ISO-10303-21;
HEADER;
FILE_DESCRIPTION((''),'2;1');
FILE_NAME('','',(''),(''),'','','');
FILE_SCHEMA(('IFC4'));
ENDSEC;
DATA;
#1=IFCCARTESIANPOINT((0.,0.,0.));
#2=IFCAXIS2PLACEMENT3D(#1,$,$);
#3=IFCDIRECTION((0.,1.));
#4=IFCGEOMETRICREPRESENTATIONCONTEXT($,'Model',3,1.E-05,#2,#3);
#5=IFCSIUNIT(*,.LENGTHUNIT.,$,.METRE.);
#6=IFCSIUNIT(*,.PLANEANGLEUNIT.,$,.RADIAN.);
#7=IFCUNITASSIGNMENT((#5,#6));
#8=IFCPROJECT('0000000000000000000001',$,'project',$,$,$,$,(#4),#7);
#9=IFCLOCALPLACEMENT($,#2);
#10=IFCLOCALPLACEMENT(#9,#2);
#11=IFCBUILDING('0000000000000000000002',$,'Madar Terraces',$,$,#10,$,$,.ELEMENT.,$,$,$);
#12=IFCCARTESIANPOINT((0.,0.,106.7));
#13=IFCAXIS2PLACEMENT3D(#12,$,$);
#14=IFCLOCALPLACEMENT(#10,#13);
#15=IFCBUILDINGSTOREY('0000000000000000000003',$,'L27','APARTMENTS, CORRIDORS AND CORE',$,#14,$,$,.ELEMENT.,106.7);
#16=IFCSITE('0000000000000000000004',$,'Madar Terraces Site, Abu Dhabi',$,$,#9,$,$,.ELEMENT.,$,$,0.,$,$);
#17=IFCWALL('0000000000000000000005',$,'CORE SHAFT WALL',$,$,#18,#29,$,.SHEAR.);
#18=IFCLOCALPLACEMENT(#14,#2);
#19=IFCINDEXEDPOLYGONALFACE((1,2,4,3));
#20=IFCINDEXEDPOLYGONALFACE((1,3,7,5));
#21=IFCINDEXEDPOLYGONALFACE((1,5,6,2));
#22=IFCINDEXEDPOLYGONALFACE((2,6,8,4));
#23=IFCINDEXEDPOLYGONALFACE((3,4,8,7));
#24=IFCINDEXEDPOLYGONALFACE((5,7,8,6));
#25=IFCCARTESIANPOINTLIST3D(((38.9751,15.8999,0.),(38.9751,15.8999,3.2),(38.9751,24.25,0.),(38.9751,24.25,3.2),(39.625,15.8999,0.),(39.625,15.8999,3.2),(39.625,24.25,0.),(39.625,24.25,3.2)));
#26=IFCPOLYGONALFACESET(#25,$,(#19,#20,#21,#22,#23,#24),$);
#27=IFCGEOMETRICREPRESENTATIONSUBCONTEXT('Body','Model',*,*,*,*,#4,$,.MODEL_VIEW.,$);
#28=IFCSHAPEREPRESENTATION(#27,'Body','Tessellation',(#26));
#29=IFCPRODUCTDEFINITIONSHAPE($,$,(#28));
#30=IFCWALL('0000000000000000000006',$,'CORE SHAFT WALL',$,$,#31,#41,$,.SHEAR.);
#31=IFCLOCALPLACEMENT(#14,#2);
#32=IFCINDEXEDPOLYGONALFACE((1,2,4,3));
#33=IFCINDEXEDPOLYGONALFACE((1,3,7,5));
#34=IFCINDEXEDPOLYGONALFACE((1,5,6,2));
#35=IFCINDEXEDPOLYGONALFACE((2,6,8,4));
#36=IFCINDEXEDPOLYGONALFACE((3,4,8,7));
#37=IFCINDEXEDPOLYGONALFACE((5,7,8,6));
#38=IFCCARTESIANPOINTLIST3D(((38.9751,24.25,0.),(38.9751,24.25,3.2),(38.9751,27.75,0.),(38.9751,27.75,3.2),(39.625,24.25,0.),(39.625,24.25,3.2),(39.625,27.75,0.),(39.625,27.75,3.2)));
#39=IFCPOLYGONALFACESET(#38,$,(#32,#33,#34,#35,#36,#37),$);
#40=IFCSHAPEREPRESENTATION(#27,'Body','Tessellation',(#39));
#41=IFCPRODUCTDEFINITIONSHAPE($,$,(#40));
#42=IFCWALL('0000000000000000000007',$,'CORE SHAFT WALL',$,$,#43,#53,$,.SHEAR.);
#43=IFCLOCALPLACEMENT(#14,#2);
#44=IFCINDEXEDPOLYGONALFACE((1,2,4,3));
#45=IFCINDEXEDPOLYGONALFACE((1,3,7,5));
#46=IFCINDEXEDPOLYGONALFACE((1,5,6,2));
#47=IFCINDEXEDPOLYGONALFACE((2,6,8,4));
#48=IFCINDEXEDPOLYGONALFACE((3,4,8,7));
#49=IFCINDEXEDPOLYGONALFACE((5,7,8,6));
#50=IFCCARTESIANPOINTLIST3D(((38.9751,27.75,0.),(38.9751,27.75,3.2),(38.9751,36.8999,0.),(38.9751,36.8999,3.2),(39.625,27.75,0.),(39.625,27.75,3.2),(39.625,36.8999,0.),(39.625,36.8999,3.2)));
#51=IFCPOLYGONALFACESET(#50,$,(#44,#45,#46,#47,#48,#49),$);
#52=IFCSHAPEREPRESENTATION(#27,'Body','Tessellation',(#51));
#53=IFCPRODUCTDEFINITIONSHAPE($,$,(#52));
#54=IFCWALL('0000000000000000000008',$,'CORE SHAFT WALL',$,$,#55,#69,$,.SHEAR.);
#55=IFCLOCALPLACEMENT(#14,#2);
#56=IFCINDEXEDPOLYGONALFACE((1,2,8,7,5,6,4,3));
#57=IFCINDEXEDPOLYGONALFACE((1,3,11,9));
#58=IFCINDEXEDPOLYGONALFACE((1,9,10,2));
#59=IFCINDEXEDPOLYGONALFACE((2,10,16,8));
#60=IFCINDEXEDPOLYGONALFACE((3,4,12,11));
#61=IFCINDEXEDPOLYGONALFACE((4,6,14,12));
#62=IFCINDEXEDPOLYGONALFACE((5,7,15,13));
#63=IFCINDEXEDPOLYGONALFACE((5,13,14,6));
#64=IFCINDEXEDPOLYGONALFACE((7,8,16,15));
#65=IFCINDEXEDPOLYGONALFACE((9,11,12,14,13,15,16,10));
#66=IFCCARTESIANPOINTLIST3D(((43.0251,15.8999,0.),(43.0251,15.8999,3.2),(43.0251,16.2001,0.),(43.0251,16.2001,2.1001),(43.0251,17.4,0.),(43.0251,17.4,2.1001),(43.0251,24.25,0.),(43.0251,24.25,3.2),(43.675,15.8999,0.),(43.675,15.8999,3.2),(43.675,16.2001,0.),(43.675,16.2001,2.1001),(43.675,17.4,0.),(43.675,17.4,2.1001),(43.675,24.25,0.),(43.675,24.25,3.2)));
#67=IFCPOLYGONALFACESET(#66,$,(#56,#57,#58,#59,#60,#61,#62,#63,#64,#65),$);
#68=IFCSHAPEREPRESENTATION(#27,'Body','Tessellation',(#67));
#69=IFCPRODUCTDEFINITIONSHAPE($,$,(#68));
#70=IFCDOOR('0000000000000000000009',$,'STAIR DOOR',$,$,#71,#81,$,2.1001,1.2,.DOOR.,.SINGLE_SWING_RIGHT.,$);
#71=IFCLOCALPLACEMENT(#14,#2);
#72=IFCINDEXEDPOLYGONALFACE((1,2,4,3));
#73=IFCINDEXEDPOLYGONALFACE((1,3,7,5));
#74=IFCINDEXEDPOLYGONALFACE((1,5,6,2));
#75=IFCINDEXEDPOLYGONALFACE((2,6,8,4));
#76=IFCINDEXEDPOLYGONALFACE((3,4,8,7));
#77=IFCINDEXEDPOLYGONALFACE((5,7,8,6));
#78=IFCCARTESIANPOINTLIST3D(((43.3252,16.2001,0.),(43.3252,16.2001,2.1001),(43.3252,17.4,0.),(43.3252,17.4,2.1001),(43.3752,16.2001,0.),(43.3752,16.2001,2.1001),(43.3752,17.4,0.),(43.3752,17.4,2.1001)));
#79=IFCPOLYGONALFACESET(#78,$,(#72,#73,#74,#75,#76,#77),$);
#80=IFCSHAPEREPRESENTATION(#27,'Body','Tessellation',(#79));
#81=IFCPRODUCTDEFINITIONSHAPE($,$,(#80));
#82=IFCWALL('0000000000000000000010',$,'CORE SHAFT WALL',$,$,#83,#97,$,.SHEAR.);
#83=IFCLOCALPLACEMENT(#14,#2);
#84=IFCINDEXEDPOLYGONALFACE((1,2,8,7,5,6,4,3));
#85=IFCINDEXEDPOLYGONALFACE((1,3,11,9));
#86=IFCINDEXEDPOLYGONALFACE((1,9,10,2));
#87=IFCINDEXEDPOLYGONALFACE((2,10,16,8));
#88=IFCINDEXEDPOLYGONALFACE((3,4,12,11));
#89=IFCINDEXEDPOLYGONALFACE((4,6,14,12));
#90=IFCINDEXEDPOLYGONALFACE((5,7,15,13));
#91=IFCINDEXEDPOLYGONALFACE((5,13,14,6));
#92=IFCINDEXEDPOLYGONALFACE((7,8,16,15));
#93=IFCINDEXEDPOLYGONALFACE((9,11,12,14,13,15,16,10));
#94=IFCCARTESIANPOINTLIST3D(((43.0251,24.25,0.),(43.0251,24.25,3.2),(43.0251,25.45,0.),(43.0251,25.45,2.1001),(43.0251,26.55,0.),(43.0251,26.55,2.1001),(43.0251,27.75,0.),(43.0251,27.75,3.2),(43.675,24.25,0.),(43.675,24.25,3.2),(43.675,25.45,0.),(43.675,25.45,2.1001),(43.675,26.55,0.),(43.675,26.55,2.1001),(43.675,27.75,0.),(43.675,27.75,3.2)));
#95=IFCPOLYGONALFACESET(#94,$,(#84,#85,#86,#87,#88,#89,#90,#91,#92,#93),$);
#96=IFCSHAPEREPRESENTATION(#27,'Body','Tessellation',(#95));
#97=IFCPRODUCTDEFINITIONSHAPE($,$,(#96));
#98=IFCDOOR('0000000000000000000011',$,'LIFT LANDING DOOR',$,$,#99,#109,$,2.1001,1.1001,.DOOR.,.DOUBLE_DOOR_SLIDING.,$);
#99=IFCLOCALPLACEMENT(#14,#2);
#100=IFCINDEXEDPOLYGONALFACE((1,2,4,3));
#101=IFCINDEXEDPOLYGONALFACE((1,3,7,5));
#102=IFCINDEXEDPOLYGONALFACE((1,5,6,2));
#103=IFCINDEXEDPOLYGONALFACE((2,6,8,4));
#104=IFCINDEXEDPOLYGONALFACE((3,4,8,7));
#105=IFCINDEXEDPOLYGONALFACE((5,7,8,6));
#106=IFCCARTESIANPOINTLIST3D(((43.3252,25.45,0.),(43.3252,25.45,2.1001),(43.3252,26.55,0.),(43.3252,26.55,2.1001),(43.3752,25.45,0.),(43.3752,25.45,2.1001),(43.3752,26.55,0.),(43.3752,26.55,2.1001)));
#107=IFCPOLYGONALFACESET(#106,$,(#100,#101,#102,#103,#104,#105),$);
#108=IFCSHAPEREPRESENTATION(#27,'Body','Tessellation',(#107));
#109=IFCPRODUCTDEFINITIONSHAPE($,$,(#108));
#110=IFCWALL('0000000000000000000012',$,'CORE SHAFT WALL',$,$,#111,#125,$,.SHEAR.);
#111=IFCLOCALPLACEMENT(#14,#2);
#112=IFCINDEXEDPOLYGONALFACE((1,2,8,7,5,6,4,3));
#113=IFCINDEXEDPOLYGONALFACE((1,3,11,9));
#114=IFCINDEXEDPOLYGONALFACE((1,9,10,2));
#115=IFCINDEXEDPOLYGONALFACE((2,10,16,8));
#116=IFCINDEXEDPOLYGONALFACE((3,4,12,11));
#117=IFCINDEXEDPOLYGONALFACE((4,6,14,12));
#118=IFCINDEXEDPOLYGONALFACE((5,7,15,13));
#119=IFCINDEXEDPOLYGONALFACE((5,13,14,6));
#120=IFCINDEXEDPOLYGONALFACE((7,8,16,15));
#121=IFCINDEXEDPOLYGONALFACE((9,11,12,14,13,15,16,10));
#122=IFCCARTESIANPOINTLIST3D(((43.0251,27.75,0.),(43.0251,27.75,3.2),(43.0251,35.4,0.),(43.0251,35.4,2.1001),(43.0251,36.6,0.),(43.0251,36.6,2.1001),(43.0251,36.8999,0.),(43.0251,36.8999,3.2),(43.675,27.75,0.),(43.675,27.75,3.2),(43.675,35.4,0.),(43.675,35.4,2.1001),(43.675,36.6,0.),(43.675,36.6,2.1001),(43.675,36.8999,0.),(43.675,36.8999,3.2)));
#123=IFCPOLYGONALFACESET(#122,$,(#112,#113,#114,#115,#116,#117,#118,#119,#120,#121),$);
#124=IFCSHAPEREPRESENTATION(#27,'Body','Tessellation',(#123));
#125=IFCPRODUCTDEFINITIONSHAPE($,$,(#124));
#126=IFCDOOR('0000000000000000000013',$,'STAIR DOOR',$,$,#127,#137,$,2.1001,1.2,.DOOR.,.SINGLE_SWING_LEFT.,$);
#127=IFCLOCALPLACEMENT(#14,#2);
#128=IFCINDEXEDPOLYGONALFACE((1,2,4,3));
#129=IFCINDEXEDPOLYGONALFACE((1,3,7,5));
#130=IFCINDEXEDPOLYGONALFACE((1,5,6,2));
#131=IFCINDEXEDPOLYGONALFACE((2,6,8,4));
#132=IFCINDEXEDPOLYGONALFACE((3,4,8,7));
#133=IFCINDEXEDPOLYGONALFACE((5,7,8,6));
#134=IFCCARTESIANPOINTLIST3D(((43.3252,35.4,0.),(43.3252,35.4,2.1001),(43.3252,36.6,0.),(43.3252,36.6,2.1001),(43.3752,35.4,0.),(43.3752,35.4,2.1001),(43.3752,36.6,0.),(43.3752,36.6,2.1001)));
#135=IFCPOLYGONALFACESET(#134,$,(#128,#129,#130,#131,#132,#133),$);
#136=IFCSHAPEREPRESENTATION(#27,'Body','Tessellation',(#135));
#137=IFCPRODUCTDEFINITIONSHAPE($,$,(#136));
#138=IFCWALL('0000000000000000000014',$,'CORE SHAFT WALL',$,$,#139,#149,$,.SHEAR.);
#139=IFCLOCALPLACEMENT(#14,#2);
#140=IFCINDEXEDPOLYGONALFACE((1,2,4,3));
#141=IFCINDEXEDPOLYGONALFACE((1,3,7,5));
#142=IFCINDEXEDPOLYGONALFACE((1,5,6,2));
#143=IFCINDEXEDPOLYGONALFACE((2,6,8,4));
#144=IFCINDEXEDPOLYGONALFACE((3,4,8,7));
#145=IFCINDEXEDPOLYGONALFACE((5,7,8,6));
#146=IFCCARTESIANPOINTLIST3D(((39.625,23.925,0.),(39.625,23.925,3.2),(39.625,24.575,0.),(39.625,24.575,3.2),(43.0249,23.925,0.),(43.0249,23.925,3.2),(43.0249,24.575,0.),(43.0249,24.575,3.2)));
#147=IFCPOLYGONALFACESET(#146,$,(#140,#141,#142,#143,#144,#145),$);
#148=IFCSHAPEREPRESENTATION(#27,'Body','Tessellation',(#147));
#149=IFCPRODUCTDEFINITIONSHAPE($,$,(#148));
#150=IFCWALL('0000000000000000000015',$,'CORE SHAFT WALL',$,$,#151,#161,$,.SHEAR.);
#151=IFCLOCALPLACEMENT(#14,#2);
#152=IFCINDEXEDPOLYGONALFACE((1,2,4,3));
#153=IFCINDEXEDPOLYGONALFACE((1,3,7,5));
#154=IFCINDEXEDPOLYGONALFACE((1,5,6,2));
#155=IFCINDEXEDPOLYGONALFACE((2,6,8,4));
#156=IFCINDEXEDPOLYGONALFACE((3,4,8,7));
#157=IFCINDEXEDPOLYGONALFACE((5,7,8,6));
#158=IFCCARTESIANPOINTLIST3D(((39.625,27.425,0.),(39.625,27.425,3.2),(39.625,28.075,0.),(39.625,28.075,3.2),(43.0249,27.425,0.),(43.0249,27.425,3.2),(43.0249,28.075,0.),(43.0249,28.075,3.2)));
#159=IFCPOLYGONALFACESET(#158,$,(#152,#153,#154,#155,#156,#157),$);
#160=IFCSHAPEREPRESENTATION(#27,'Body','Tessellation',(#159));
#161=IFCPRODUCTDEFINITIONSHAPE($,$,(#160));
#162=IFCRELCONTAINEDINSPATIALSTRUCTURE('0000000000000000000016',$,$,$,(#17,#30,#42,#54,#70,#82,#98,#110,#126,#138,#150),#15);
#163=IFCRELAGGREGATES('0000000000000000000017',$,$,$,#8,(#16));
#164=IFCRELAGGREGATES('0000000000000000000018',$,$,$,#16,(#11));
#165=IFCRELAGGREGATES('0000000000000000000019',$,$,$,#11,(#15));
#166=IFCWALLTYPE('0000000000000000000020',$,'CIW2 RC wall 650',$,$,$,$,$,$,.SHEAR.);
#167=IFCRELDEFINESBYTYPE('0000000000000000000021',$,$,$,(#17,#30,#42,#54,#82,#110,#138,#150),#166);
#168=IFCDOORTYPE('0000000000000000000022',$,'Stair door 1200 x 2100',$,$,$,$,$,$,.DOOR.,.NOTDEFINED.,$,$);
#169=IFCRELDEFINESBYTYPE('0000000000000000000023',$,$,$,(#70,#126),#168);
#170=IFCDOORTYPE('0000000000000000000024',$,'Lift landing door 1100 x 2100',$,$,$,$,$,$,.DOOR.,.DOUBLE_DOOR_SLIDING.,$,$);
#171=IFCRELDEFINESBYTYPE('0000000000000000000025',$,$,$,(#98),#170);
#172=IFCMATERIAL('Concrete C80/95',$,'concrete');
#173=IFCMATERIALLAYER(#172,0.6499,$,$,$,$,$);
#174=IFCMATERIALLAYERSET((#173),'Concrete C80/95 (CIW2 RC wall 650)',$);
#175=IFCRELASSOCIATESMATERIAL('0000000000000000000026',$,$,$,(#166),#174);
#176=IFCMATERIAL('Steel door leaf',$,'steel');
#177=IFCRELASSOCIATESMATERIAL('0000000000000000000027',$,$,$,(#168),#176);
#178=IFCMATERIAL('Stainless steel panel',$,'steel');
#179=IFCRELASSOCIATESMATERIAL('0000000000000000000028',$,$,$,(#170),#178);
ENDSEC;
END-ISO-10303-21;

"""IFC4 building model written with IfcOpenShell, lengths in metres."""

from ifc_helpers import new_model, si_unit, direction, frame, frame_2d, origin, place, context, subcontext, project, spatial, rectangle, extrude, material, layer, layer_set, type_object, element, fill, save


model = new_model("IFC4")

# Units and contexts
model_context = context("Model", 3, precision=1e-05, world=origin(), true_north=direction((0.0, 1.0)))
body_context = subcontext(model_context, "Body", "Model", "MODEL_VIEW")
ifc_project = project(units=[si_unit("LENGTHUNIT", "METRE"), si_unit("PLANEANGLEUNIT", "RADIAN")], contexts=[model_context])

# Site, building, storey
site_placement = place(None, origin())
site = spatial("IfcSite", under=ifc_project, at=site_placement, Name="Madar Terraces Site, Abu Dhabi", CompositionType="ELEMENT", RefElevation=0.0)
building_placement = place(site_placement, origin())
building = spatial("IfcBuilding", under=site, at=building_placement, Name="Madar Terraces", CompositionType="ELEMENT")
storey_placement = place(building_placement, frame((0.0, 0.0, 106.7)))
storey = spatial("IfcBuildingStorey", under=building, at=storey_placement, Name="L27", Description="APARTMENTS, CORRIDORS AND CORE", CompositionType="ELEMENT", Elevation=106.7)

# Walls
ifc_material_1 = material(Name="Concrete C80/95", Category="concrete")
ifc_layer_1 = layer(ifc_material_1, 0.6499)
ifc_layer_set_1 = layer_set([ifc_layer_1], Name="Concrete C80/95 (CIW2 RC wall 650)")
wall_type_1 = type_object("IfcWallType", Name="CIW2 RC wall 650", PredefinedType="SHEAR", material=ifc_layer_set_1)
wall_1_placement = place(storey_placement, frame((39.3, 15.8999, 0.0), z_axis=(0.0, 0.0, 1.0), x_axis=(0.0, 1.0, 0.0)))
element("IfcWall", 1, at=wall_1_placement, inside=storey, type_object=wall_type_1, Name="CORE SHAFT WALL", PredefinedType="SHEAR", context=body_context, shape_type="SweptSolid", body=[
    extrude(rectangle(XDim=8.3501, YDim=0.6499, at=frame_2d((4.175, 0.0))), origin(), (0.0, 0.0, 1.0), 3.2),
])
wall_2_placement = place(storey_placement, frame((39.3, 24.25, 0.0), z_axis=(0.0, 0.0, 1.0), x_axis=(0.0, 1.0, 0.0)))
element("IfcWall", 2, at=wall_2_placement, inside=storey, type_object=wall_type_1, Name="CORE SHAFT WALL", PredefinedType="SHEAR", context=body_context, shape_type="SweptSolid", body=[
    extrude(rectangle(XDim=3.5, YDim=0.6499, at=frame_2d((1.75, 0.0))), origin(), (0.0, 0.0, 1.0), 3.2),
])
wall_3_placement = place(storey_placement, frame((39.3, 27.75, 0.0), z_axis=(0.0, 0.0, 1.0), x_axis=(0.0, 1.0, 0.0)))
element("IfcWall", 3, at=wall_3_placement, inside=storey, type_object=wall_type_1, Name="CORE SHAFT WALL", PredefinedType="SHEAR", context=body_context, shape_type="SweptSolid", body=[
    extrude(rectangle(XDim=9.1499, YDim=0.6499, at=frame_2d((4.575, 0.0))), origin(), (0.0, 0.0, 1.0), 3.2),
])

# Walls, openings, doors
wall_4_placement = place(storey_placement, frame((43.3501, 15.8999, 0.0), z_axis=(0.0, 0.0, 1.0), x_axis=(0.0, 1.0, 0.0)))
wall_4 = element("IfcWall", 4, at=wall_4_placement, inside=storey, type_object=wall_type_1, Name="CORE SHAFT WALL", PredefinedType="SHEAR", context=body_context, shape_type="SweptSolid", body=[
    extrude(rectangle(XDim=8.3501, YDim=0.6499, at=frame_2d((4.175, 0.0))), origin(), (0.0, 0.0, 1.0), 3.2),
])
opening_1_placement = place(wall_4_placement, frame((0.3, 0.0, 0.0)))
opening_1 = element("IfcOpeningElement", 5, at=opening_1_placement, cuts=wall_4, PredefinedType="OPENING", context=body_context, shape_type="SweptSolid", body=[
    extrude(rectangle(XDim=1.2, YDim=2.1001, at=frame_2d((0.6001, 1.05))), frame((0.0, 0.335, 0.0), z_axis=(0.0, -1.0, 0.0), x_axis=(1.0, 0.0, 0.0)), (0.0, 0.0, 1.0), 0.6699),
])
ifc_material_2 = material(Name="Steel door leaf", Category="steel")
door_type_1 = type_object("IfcDoorType", Name="Stair door 1200 x 2100", OperationType="NOTDEFINED", PredefinedType="DOOR", material=ifc_material_2)
door_1_placement = place(opening_1_placement, origin())
door_1 = element("IfcDoor", 6, at=door_1_placement, inside=storey, type_object=door_type_1, Name="STAIR DOOR", OperationType="SINGLE_SWING_RIGHT", OverallHeight=2.1001, OverallWidth=1.2, PredefinedType="DOOR", context=body_context, shape_type="SweptSolid", body=[
    extrude(rectangle(XDim=1.2, YDim=2.1001, at=frame_2d((0.6001, 1.05))), frame((0.0, 0.0249, 0.0), z_axis=(0.0, -1.0, 0.0), x_axis=(1.0, 0.0, 0.0)), (0.0, 0.0, 1.0), 0.05),
])
fill(opening_1, door_1)
wall_5_placement = place(storey_placement, frame((43.3501, 24.25, 0.0), z_axis=(0.0, 0.0, 1.0), x_axis=(0.0, 1.0, 0.0)))
wall_5 = element("IfcWall", 7, at=wall_5_placement, inside=storey, type_object=wall_type_1, Name="CORE SHAFT WALL", PredefinedType="SHEAR", context=body_context, shape_type="SweptSolid", body=[
    extrude(rectangle(XDim=3.5, YDim=0.6499, at=frame_2d((1.75, 0.0))), origin(), (0.0, 0.0, 1.0), 3.2),
])
opening_2_placement = place(wall_5_placement, frame((1.2, 0.0, 0.0)))
opening_2 = element("IfcOpeningElement", 8, at=opening_2_placement, cuts=wall_5, PredefinedType="OPENING", context=body_context, shape_type="SweptSolid", body=[
    extrude(rectangle(XDim=1.1001, YDim=2.1001, at=frame_2d((0.55, 1.05))), frame((0.0, 0.335, 0.0), z_axis=(0.0, -1.0, 0.0), x_axis=(1.0, 0.0, 0.0)), (0.0, 0.0, 1.0), 0.6699),
])
ifc_material_3 = material(Name="Stainless steel panel", Category="steel")
door_type_2 = type_object("IfcDoorType", Name="Lift landing door 1100 x 2100", OperationType="DOUBLE_DOOR_SLIDING", PredefinedType="DOOR", material=ifc_material_3)
door_2_placement = place(opening_2_placement, origin())
door_2 = element("IfcDoor", 9, at=door_2_placement, inside=storey, type_object=door_type_2, Name="LIFT LANDING DOOR", OperationType="DOUBLE_DOOR_SLIDING", OverallHeight=2.1001, OverallWidth=1.1001, PredefinedType="DOOR", context=body_context, shape_type="SweptSolid", body=[
    extrude(rectangle(XDim=1.1001, YDim=2.1001, at=frame_2d((0.55, 1.05))), frame((0.0, 0.0249, 0.0), z_axis=(0.0, -1.0, 0.0), x_axis=(1.0, 0.0, 0.0)), (0.0, 0.0, 1.0), 0.05),
])
fill(opening_2, door_2)
wall_6_placement = place(storey_placement, frame((43.3501, 27.75, 0.0), z_axis=(0.0, 0.0, 1.0), x_axis=(0.0, 1.0, 0.0)))
wall_6 = element("IfcWall", 10, at=wall_6_placement, inside=storey, type_object=wall_type_1, Name="CORE SHAFT WALL", PredefinedType="SHEAR", context=body_context, shape_type="SweptSolid", body=[
    extrude(rectangle(XDim=9.1499, YDim=0.6499, at=frame_2d((4.575, 0.0))), origin(), (0.0, 0.0, 1.0), 3.2),
])
opening_3_placement = place(wall_6_placement, frame((7.6499, 0.0, 0.0)))
opening_3 = element("IfcOpeningElement", 11, at=opening_3_placement, cuts=wall_6, PredefinedType="OPENING", context=body_context, shape_type="SweptSolid", body=[
    extrude(rectangle(XDim=1.2, YDim=2.1001, at=frame_2d((0.6001, 1.05))), frame((0.0, 0.335, 0.0), z_axis=(0.0, -1.0, 0.0), x_axis=(1.0, 0.0, 0.0)), (0.0, 0.0, 1.0), 0.6699),
])
door_3_placement = place(opening_3_placement, origin())
door_3 = element("IfcDoor", 12, at=door_3_placement, inside=storey, type_object=door_type_1, Name="STAIR DOOR", OperationType="SINGLE_SWING_LEFT", OverallHeight=2.1001, OverallWidth=1.2, PredefinedType="DOOR", context=body_context, shape_type="SweptSolid", body=[
    extrude(rectangle(XDim=1.2, YDim=2.1001, at=frame_2d((0.6001, 1.05))), frame((0.0, 0.0249, 0.0), z_axis=(0.0, -1.0, 0.0), x_axis=(1.0, 0.0, 0.0)), (0.0, 0.0, 1.0), 0.05),
])
fill(opening_3, door_3)

# Walls
for number, where, z_axis, x_axis, name in (
    (13, (39.625, 24.25, 0.0), (0.0, 0.0, 1.0), (1.0, 0.0, 0.0), "CORE SHAFT WALL"),
    (14, (39.625, 27.75, 0.0), (0.0, 0.0, 1.0), (1.0, 0.0, 0.0), "CORE SHAFT WALL"),
):
    element("IfcWall", number, at=place(storey_placement, frame(where, z_axis=z_axis, x_axis=x_axis)), inside=storey, type_object=wall_type_1, Name=name, PredefinedType="SHEAR", context=body_context, shape_type="SweptSolid", body=[
        extrude(rectangle(XDim=3.3999, YDim=0.6499, at=frame_2d((1.7, 0.0))), origin(), (0.0, 0.0, 1.0), 3.2),
    ])

save(model, "model.ifc")
